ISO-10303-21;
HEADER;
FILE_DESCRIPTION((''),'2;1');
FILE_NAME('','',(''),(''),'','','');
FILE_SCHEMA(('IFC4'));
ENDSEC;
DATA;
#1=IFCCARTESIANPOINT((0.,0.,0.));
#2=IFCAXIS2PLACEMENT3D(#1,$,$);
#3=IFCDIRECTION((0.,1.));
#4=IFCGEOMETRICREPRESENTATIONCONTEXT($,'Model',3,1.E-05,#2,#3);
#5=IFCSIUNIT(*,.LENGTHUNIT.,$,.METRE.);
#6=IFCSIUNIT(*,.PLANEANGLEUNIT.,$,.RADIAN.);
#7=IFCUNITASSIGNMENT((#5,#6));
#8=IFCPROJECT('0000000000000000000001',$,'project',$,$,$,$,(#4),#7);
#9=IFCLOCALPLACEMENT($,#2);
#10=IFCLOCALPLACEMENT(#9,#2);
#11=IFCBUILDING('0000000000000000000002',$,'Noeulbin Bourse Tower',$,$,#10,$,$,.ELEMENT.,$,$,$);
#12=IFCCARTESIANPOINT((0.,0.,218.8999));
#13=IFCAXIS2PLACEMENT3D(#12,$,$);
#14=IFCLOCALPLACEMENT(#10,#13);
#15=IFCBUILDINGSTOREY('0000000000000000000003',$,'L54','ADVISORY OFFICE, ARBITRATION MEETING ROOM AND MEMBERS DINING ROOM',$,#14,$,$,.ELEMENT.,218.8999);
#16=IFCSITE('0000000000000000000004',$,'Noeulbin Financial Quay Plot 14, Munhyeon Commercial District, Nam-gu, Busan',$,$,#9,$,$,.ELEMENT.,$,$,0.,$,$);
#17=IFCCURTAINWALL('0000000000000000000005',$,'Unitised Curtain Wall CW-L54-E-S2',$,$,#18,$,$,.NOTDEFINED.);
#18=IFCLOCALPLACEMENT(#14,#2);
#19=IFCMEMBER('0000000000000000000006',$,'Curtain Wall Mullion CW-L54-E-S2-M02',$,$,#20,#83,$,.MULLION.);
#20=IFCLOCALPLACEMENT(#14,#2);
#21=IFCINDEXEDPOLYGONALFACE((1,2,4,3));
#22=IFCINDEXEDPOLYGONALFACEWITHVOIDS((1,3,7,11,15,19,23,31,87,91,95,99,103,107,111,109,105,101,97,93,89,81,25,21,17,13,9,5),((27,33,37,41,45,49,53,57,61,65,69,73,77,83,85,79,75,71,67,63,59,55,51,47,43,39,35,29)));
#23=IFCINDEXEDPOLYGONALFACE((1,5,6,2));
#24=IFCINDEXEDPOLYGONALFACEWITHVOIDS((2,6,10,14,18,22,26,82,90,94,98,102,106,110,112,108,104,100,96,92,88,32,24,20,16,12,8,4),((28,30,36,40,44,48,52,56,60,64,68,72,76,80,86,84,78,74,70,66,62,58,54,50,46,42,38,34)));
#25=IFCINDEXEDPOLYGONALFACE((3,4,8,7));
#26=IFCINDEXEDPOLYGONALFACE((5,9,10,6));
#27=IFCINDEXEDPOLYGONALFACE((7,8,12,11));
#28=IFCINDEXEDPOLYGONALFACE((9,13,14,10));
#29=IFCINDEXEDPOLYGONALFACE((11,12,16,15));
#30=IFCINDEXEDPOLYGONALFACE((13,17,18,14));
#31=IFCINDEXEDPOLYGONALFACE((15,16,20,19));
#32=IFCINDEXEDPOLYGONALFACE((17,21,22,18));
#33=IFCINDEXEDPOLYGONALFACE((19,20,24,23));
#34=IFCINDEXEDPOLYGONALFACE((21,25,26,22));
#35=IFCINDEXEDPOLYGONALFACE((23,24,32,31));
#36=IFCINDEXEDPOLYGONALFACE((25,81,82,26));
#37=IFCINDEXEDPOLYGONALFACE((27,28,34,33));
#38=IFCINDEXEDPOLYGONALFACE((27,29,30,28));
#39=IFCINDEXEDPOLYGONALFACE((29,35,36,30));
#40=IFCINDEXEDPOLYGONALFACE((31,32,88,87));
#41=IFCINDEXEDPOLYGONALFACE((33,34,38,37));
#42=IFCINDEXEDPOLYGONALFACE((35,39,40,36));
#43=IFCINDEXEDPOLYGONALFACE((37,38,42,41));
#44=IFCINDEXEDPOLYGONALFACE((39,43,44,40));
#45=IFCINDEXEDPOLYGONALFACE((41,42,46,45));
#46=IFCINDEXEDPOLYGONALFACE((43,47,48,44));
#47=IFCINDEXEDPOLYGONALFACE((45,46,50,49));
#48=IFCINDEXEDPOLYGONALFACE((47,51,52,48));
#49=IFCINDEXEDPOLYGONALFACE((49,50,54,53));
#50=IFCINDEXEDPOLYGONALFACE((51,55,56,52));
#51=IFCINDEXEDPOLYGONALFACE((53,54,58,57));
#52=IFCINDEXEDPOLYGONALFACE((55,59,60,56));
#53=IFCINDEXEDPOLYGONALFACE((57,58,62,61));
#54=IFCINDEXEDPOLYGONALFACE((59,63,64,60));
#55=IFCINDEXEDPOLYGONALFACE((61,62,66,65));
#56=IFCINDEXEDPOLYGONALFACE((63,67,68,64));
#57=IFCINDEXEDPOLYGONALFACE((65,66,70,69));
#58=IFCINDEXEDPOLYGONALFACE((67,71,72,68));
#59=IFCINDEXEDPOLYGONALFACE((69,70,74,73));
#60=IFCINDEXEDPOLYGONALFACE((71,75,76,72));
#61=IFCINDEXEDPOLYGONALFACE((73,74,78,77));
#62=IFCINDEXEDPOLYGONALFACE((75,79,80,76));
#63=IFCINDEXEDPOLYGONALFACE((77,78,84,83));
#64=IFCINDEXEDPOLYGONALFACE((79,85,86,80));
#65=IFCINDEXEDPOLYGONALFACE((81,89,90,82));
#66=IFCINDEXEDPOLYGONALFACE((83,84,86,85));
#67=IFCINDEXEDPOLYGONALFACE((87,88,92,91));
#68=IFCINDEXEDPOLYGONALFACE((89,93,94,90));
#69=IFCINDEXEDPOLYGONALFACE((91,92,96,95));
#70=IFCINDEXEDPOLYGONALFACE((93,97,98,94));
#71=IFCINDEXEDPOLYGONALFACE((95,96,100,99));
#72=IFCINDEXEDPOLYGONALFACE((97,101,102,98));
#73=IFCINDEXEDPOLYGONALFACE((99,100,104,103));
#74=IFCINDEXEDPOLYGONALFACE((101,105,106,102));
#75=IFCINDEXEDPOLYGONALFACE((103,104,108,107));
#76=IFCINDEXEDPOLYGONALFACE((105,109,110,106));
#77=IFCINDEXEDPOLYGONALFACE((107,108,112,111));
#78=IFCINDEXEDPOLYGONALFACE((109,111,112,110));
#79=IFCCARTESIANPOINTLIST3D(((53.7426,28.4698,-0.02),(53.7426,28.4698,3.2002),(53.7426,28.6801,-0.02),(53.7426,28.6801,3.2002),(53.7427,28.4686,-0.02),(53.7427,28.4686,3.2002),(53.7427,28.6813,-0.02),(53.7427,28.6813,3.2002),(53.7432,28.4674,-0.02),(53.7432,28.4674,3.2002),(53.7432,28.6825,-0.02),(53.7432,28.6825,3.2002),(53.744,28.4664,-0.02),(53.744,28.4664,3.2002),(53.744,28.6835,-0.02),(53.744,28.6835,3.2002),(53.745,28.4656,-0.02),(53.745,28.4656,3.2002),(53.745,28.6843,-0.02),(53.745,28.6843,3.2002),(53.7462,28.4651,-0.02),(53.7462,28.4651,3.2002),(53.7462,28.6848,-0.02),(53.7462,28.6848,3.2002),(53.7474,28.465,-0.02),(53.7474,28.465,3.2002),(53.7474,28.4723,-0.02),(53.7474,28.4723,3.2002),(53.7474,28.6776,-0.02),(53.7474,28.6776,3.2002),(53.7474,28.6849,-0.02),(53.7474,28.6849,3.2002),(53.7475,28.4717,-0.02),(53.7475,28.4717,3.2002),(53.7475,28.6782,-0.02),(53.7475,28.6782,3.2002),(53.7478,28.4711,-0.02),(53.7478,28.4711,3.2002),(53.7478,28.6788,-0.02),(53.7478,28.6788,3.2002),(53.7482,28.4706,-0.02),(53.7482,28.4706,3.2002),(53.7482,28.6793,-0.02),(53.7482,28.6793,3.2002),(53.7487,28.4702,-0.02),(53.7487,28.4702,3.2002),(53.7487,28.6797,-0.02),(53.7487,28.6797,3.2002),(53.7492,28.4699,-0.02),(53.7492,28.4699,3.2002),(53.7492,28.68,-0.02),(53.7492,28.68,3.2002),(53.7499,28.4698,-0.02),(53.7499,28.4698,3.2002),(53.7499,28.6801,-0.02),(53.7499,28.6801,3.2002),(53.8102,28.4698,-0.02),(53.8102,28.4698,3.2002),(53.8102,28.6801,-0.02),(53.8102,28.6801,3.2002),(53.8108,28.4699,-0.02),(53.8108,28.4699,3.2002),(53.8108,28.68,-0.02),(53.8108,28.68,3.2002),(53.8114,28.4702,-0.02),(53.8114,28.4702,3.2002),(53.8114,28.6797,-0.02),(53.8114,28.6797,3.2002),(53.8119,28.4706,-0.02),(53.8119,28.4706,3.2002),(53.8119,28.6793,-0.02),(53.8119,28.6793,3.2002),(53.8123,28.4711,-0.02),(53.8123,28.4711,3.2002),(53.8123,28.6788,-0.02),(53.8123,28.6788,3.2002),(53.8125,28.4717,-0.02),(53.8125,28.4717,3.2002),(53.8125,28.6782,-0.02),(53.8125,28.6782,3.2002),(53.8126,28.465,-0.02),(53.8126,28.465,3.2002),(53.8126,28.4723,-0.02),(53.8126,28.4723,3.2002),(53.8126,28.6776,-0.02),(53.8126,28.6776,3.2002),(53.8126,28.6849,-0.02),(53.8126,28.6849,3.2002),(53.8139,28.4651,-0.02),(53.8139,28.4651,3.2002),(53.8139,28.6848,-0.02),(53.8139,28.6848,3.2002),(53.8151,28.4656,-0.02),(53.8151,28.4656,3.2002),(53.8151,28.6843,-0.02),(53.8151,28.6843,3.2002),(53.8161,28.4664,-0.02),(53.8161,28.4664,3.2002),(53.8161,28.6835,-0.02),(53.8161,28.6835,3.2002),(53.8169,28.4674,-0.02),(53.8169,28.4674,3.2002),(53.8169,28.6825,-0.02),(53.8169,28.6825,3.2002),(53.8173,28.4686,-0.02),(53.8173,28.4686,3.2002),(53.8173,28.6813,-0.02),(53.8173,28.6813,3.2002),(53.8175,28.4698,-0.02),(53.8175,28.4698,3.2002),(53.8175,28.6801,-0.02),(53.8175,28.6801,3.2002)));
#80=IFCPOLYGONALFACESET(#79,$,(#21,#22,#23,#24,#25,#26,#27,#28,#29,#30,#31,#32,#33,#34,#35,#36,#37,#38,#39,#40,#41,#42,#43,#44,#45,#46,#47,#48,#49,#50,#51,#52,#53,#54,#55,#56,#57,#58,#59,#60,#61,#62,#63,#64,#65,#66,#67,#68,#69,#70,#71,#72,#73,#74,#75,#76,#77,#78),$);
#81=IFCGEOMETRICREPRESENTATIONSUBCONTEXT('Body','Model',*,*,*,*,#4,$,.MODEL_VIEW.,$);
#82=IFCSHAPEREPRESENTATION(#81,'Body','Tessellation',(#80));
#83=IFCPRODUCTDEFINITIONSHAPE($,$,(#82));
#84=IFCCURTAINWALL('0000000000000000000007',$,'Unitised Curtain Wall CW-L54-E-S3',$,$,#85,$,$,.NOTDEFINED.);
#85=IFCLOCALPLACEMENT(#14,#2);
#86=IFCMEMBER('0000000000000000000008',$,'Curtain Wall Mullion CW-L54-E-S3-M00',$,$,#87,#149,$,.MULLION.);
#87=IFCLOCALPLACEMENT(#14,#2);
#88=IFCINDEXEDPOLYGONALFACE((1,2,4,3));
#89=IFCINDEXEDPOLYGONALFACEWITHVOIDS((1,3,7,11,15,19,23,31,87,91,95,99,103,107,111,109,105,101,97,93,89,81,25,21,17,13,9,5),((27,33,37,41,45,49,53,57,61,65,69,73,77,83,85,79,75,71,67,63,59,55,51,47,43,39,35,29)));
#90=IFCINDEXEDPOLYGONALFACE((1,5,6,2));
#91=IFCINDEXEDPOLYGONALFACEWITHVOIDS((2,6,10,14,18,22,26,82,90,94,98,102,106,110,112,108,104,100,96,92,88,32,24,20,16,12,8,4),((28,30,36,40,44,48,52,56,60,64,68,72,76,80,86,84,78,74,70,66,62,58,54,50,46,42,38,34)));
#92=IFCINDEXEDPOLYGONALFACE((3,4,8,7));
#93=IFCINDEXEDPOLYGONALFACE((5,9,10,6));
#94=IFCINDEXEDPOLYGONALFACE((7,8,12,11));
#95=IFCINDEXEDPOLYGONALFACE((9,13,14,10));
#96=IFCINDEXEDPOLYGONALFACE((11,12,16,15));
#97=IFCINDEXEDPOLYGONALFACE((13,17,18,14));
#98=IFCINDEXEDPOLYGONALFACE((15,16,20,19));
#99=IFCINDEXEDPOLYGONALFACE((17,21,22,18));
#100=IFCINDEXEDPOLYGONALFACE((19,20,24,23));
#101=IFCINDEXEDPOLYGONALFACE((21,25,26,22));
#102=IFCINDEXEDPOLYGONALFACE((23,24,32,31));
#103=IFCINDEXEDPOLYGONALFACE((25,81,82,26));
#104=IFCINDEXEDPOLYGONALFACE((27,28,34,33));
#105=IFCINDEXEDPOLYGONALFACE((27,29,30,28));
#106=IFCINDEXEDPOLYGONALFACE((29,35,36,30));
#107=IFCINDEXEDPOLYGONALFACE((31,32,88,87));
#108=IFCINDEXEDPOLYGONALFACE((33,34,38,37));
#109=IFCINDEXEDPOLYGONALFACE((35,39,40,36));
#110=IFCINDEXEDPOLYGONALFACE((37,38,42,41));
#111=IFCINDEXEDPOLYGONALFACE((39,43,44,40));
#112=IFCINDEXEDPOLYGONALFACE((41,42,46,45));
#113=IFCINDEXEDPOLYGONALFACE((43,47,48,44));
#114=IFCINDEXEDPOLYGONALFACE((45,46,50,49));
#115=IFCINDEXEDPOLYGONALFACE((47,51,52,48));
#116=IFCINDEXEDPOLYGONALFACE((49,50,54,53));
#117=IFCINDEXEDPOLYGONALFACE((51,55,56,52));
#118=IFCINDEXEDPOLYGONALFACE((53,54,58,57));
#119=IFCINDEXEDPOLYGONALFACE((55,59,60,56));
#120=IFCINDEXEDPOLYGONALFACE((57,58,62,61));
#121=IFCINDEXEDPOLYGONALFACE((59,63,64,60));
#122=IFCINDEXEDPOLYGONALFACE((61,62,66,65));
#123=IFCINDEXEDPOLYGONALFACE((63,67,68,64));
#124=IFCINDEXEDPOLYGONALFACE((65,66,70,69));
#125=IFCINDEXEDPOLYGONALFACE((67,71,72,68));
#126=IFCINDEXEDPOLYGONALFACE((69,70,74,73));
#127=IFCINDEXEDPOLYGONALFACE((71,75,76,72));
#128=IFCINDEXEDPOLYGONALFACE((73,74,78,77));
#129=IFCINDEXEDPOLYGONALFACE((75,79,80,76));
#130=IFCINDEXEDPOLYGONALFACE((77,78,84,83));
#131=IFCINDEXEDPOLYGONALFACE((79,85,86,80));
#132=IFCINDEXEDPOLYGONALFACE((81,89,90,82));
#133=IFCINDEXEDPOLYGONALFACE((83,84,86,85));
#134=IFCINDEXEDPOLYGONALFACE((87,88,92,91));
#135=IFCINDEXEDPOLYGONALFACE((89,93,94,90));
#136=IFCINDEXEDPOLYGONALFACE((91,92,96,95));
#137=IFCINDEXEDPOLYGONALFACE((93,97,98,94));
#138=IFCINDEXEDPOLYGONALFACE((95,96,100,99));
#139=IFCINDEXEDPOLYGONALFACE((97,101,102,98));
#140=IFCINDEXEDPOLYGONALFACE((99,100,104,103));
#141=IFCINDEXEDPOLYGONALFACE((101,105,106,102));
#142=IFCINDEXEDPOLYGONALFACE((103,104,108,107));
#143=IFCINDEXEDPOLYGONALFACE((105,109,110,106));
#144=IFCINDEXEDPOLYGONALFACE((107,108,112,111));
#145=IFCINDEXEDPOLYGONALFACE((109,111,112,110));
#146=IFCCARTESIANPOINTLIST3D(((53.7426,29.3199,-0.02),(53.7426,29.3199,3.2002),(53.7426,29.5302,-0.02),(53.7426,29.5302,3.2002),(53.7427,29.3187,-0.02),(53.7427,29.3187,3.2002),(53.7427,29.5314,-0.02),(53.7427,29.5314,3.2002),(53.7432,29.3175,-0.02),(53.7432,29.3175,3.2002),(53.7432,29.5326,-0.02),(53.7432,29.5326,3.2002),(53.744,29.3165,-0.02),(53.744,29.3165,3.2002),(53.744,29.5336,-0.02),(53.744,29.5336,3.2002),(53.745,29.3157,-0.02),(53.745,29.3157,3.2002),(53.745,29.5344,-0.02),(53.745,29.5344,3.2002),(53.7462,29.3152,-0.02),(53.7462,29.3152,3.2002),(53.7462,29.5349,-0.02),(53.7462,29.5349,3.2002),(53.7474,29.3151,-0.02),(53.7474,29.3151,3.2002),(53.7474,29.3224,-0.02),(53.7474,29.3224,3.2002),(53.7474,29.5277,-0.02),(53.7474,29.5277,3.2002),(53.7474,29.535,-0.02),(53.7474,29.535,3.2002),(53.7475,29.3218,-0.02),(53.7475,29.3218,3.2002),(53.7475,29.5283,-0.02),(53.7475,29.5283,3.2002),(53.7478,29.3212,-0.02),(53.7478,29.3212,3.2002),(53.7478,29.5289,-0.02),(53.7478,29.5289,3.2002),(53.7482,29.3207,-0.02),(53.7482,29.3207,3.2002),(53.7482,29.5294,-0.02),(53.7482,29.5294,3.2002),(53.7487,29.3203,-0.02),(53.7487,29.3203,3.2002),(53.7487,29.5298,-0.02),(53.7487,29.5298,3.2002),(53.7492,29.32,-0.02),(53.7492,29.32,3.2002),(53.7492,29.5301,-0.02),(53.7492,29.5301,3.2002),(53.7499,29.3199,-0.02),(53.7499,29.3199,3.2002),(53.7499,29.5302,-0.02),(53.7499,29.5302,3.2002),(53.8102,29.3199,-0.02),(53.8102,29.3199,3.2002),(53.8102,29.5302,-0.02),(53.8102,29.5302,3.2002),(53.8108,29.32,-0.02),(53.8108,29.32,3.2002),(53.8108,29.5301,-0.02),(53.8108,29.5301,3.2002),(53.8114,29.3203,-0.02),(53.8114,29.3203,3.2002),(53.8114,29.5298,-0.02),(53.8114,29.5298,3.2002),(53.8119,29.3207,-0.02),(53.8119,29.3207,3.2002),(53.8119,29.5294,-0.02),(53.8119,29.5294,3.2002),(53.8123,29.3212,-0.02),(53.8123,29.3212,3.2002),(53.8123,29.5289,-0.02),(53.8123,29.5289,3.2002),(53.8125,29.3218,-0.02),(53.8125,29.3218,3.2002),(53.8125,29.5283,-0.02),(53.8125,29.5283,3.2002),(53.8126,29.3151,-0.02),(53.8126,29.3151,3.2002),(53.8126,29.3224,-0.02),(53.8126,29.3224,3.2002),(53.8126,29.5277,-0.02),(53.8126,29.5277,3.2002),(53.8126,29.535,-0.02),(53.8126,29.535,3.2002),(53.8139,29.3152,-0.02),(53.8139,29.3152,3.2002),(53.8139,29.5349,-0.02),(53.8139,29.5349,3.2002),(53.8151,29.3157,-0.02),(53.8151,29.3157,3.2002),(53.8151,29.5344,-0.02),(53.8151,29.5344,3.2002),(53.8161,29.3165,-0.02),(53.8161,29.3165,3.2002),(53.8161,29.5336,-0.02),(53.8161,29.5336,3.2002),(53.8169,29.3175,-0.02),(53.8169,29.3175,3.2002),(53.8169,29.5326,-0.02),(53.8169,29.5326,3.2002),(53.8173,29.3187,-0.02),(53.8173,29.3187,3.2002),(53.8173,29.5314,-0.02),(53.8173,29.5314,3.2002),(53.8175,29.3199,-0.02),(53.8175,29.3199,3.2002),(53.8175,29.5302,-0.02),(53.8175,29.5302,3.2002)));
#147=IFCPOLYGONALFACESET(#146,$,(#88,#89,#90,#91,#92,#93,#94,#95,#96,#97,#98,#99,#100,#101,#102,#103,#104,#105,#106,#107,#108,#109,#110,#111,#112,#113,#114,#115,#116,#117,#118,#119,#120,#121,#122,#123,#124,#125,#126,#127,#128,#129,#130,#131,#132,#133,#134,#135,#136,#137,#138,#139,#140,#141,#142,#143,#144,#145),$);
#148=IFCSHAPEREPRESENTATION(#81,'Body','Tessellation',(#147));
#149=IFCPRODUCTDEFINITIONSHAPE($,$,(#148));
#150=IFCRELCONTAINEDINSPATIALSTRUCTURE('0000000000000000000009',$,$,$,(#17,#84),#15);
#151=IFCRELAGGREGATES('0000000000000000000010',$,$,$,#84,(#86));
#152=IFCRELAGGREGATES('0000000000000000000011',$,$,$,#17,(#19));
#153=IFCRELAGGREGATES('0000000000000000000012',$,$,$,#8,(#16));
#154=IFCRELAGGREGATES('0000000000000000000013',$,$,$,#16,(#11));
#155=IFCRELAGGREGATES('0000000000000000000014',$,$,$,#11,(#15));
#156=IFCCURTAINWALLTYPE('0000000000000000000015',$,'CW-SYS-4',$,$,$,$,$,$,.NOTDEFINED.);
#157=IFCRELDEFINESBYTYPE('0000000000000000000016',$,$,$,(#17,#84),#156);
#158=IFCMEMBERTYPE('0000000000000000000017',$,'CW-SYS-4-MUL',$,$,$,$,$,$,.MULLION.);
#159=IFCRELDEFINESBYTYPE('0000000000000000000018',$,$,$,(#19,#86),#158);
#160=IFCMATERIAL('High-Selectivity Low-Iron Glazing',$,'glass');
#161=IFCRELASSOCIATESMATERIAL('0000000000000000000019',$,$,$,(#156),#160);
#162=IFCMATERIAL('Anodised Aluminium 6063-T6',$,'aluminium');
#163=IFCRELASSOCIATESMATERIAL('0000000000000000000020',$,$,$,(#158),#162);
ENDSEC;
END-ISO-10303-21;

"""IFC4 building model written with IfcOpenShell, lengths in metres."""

from ifc_helpers import new_model, si_unit, direction, frame, origin, origin_2d, place, context, subcontext, project, spatial, hollow_rectangle, extrude, material, material_profile, profile_set, type_object, element, aggregate, save


model = new_model("IFC4")

# Units and contexts
model_context = context("Model", 3, precision=1e-05, world=origin(), true_north=direction((0.0, 1.0)))
body_context = subcontext(model_context, "Body", "Model", "MODEL_VIEW")
ifc_project = project(units=[si_unit("LENGTHUNIT", "METRE"), si_unit("PLANEANGLEUNIT", "RADIAN")], contexts=[model_context])

# Site, building, storey
site_placement = place(None, origin())
site = spatial("IfcSite", under=ifc_project, at=site_placement, Name="Noeulbin Financial Quay Plot 14, Munhyeon Commercial District, Nam-gu, Busan", CompositionType="ELEMENT", RefElevation=0.0)
building_placement = place(site_placement, origin())
building = spatial("IfcBuilding", under=site, at=building_placement, Name="Noeulbin Bourse Tower", CompositionType="ELEMENT")
storey_placement = place(building_placement, frame((0.0, 0.0, 218.8999)))
storey = spatial("IfcBuildingStorey", under=building, at=storey_placement, Name="L54", Description="ADVISORY OFFICE, ARBITRATION MEETING ROOM AND MEMBERS DINING ROOM", CompositionType="ELEMENT", Elevation=218.8999)

# Curtain wall, member
ifc_material_1 = material(Name="High-Selectivity Low-Iron Glazing", Category="glass")
curtain_wall_type = type_object("IfcCurtainWallType", Name="CW-SYS-4", PredefinedType="NOTDEFINED", material=ifc_material_1)
curtain_wall_1_placement = place(storey_placement, origin())
curtain_wall_1 = element("IfcCurtainWall", 1, at=curtain_wall_1_placement, inside=storey, type_object=curtain_wall_type, Name="Unitised Curtain Wall CW-L54-E-S2", PredefinedType="NOTDEFINED")
ifc_material_2 = material(Name="Anodised Aluminium 6063-T6", Category="aluminium")
ifc_material_profile_1 = material_profile(ifc_material_2, hollow_rectangle(XDim=0.075, YDim=0.22, WallThickness=0.0049, InnerFilletRadius=0.0024, OuterFilletRadius=0.0049, at=origin_2d()), Name="ALU-MULL-75x220x5", Category="LoadBearing")
ifc_profile_set_1 = profile_set([ifc_material_profile_1], Name="Anodised Aluminium 6063-T6")
member_type_1 = type_object("IfcMemberType", Name="CW-SYS-4-MUL", PredefinedType="MULLION", material=ifc_profile_set_1)
member_1_placement = place(storey_placement, frame((53.78, 28.575, -0.02), z_axis=(0.0, 0.0, 1.0), x_axis=(1.0, 0.0, 0.0)))
member_1 = element("IfcMember", 2, at=member_1_placement, type_object=member_type_1, Name="Curtain Wall Mullion CW-L54-E-S2-M02", PredefinedType="MULLION", context=body_context, shape_type="SweptSolid", body=[
    extrude(hollow_rectangle(XDim=0.075, YDim=0.22, WallThickness=0.0049, InnerFilletRadius=0.0024, OuterFilletRadius=0.0049, at=origin_2d()), origin(), (0.0, 0.0, 1.0), 3.2202),
])

# Curtain wall, member
curtain_wall_2_placement = place(storey_placement, origin())
curtain_wall_2 = element("IfcCurtainWall", 3, at=curtain_wall_2_placement, inside=storey, type_object=curtain_wall_type, Name="Unitised Curtain Wall CW-L54-E-S3", PredefinedType="NOTDEFINED")
member_2_placement = place(storey_placement, frame((53.78, 29.425, -0.02), z_axis=(0.0, 0.0, 1.0), x_axis=(1.0, 0.0, 0.0)))
member_2 = element("IfcMember", 4, at=member_2_placement, type_object=member_type_1, Name="Curtain Wall Mullion CW-L54-E-S3-M00", PredefinedType="MULLION", context=body_context, shape_type="SweptSolid", body=[
    extrude(hollow_rectangle(XDim=0.075, YDim=0.22, WallThickness=0.0049, InnerFilletRadius=0.0024, OuterFilletRadius=0.0049, at=origin_2d()), origin(), (0.0, 0.0, 1.0), 3.2202),
])
aggregate(curtain_wall_2, [member_2])

aggregate(curtain_wall_1, [member_1])

save(model, "model.ifc")
